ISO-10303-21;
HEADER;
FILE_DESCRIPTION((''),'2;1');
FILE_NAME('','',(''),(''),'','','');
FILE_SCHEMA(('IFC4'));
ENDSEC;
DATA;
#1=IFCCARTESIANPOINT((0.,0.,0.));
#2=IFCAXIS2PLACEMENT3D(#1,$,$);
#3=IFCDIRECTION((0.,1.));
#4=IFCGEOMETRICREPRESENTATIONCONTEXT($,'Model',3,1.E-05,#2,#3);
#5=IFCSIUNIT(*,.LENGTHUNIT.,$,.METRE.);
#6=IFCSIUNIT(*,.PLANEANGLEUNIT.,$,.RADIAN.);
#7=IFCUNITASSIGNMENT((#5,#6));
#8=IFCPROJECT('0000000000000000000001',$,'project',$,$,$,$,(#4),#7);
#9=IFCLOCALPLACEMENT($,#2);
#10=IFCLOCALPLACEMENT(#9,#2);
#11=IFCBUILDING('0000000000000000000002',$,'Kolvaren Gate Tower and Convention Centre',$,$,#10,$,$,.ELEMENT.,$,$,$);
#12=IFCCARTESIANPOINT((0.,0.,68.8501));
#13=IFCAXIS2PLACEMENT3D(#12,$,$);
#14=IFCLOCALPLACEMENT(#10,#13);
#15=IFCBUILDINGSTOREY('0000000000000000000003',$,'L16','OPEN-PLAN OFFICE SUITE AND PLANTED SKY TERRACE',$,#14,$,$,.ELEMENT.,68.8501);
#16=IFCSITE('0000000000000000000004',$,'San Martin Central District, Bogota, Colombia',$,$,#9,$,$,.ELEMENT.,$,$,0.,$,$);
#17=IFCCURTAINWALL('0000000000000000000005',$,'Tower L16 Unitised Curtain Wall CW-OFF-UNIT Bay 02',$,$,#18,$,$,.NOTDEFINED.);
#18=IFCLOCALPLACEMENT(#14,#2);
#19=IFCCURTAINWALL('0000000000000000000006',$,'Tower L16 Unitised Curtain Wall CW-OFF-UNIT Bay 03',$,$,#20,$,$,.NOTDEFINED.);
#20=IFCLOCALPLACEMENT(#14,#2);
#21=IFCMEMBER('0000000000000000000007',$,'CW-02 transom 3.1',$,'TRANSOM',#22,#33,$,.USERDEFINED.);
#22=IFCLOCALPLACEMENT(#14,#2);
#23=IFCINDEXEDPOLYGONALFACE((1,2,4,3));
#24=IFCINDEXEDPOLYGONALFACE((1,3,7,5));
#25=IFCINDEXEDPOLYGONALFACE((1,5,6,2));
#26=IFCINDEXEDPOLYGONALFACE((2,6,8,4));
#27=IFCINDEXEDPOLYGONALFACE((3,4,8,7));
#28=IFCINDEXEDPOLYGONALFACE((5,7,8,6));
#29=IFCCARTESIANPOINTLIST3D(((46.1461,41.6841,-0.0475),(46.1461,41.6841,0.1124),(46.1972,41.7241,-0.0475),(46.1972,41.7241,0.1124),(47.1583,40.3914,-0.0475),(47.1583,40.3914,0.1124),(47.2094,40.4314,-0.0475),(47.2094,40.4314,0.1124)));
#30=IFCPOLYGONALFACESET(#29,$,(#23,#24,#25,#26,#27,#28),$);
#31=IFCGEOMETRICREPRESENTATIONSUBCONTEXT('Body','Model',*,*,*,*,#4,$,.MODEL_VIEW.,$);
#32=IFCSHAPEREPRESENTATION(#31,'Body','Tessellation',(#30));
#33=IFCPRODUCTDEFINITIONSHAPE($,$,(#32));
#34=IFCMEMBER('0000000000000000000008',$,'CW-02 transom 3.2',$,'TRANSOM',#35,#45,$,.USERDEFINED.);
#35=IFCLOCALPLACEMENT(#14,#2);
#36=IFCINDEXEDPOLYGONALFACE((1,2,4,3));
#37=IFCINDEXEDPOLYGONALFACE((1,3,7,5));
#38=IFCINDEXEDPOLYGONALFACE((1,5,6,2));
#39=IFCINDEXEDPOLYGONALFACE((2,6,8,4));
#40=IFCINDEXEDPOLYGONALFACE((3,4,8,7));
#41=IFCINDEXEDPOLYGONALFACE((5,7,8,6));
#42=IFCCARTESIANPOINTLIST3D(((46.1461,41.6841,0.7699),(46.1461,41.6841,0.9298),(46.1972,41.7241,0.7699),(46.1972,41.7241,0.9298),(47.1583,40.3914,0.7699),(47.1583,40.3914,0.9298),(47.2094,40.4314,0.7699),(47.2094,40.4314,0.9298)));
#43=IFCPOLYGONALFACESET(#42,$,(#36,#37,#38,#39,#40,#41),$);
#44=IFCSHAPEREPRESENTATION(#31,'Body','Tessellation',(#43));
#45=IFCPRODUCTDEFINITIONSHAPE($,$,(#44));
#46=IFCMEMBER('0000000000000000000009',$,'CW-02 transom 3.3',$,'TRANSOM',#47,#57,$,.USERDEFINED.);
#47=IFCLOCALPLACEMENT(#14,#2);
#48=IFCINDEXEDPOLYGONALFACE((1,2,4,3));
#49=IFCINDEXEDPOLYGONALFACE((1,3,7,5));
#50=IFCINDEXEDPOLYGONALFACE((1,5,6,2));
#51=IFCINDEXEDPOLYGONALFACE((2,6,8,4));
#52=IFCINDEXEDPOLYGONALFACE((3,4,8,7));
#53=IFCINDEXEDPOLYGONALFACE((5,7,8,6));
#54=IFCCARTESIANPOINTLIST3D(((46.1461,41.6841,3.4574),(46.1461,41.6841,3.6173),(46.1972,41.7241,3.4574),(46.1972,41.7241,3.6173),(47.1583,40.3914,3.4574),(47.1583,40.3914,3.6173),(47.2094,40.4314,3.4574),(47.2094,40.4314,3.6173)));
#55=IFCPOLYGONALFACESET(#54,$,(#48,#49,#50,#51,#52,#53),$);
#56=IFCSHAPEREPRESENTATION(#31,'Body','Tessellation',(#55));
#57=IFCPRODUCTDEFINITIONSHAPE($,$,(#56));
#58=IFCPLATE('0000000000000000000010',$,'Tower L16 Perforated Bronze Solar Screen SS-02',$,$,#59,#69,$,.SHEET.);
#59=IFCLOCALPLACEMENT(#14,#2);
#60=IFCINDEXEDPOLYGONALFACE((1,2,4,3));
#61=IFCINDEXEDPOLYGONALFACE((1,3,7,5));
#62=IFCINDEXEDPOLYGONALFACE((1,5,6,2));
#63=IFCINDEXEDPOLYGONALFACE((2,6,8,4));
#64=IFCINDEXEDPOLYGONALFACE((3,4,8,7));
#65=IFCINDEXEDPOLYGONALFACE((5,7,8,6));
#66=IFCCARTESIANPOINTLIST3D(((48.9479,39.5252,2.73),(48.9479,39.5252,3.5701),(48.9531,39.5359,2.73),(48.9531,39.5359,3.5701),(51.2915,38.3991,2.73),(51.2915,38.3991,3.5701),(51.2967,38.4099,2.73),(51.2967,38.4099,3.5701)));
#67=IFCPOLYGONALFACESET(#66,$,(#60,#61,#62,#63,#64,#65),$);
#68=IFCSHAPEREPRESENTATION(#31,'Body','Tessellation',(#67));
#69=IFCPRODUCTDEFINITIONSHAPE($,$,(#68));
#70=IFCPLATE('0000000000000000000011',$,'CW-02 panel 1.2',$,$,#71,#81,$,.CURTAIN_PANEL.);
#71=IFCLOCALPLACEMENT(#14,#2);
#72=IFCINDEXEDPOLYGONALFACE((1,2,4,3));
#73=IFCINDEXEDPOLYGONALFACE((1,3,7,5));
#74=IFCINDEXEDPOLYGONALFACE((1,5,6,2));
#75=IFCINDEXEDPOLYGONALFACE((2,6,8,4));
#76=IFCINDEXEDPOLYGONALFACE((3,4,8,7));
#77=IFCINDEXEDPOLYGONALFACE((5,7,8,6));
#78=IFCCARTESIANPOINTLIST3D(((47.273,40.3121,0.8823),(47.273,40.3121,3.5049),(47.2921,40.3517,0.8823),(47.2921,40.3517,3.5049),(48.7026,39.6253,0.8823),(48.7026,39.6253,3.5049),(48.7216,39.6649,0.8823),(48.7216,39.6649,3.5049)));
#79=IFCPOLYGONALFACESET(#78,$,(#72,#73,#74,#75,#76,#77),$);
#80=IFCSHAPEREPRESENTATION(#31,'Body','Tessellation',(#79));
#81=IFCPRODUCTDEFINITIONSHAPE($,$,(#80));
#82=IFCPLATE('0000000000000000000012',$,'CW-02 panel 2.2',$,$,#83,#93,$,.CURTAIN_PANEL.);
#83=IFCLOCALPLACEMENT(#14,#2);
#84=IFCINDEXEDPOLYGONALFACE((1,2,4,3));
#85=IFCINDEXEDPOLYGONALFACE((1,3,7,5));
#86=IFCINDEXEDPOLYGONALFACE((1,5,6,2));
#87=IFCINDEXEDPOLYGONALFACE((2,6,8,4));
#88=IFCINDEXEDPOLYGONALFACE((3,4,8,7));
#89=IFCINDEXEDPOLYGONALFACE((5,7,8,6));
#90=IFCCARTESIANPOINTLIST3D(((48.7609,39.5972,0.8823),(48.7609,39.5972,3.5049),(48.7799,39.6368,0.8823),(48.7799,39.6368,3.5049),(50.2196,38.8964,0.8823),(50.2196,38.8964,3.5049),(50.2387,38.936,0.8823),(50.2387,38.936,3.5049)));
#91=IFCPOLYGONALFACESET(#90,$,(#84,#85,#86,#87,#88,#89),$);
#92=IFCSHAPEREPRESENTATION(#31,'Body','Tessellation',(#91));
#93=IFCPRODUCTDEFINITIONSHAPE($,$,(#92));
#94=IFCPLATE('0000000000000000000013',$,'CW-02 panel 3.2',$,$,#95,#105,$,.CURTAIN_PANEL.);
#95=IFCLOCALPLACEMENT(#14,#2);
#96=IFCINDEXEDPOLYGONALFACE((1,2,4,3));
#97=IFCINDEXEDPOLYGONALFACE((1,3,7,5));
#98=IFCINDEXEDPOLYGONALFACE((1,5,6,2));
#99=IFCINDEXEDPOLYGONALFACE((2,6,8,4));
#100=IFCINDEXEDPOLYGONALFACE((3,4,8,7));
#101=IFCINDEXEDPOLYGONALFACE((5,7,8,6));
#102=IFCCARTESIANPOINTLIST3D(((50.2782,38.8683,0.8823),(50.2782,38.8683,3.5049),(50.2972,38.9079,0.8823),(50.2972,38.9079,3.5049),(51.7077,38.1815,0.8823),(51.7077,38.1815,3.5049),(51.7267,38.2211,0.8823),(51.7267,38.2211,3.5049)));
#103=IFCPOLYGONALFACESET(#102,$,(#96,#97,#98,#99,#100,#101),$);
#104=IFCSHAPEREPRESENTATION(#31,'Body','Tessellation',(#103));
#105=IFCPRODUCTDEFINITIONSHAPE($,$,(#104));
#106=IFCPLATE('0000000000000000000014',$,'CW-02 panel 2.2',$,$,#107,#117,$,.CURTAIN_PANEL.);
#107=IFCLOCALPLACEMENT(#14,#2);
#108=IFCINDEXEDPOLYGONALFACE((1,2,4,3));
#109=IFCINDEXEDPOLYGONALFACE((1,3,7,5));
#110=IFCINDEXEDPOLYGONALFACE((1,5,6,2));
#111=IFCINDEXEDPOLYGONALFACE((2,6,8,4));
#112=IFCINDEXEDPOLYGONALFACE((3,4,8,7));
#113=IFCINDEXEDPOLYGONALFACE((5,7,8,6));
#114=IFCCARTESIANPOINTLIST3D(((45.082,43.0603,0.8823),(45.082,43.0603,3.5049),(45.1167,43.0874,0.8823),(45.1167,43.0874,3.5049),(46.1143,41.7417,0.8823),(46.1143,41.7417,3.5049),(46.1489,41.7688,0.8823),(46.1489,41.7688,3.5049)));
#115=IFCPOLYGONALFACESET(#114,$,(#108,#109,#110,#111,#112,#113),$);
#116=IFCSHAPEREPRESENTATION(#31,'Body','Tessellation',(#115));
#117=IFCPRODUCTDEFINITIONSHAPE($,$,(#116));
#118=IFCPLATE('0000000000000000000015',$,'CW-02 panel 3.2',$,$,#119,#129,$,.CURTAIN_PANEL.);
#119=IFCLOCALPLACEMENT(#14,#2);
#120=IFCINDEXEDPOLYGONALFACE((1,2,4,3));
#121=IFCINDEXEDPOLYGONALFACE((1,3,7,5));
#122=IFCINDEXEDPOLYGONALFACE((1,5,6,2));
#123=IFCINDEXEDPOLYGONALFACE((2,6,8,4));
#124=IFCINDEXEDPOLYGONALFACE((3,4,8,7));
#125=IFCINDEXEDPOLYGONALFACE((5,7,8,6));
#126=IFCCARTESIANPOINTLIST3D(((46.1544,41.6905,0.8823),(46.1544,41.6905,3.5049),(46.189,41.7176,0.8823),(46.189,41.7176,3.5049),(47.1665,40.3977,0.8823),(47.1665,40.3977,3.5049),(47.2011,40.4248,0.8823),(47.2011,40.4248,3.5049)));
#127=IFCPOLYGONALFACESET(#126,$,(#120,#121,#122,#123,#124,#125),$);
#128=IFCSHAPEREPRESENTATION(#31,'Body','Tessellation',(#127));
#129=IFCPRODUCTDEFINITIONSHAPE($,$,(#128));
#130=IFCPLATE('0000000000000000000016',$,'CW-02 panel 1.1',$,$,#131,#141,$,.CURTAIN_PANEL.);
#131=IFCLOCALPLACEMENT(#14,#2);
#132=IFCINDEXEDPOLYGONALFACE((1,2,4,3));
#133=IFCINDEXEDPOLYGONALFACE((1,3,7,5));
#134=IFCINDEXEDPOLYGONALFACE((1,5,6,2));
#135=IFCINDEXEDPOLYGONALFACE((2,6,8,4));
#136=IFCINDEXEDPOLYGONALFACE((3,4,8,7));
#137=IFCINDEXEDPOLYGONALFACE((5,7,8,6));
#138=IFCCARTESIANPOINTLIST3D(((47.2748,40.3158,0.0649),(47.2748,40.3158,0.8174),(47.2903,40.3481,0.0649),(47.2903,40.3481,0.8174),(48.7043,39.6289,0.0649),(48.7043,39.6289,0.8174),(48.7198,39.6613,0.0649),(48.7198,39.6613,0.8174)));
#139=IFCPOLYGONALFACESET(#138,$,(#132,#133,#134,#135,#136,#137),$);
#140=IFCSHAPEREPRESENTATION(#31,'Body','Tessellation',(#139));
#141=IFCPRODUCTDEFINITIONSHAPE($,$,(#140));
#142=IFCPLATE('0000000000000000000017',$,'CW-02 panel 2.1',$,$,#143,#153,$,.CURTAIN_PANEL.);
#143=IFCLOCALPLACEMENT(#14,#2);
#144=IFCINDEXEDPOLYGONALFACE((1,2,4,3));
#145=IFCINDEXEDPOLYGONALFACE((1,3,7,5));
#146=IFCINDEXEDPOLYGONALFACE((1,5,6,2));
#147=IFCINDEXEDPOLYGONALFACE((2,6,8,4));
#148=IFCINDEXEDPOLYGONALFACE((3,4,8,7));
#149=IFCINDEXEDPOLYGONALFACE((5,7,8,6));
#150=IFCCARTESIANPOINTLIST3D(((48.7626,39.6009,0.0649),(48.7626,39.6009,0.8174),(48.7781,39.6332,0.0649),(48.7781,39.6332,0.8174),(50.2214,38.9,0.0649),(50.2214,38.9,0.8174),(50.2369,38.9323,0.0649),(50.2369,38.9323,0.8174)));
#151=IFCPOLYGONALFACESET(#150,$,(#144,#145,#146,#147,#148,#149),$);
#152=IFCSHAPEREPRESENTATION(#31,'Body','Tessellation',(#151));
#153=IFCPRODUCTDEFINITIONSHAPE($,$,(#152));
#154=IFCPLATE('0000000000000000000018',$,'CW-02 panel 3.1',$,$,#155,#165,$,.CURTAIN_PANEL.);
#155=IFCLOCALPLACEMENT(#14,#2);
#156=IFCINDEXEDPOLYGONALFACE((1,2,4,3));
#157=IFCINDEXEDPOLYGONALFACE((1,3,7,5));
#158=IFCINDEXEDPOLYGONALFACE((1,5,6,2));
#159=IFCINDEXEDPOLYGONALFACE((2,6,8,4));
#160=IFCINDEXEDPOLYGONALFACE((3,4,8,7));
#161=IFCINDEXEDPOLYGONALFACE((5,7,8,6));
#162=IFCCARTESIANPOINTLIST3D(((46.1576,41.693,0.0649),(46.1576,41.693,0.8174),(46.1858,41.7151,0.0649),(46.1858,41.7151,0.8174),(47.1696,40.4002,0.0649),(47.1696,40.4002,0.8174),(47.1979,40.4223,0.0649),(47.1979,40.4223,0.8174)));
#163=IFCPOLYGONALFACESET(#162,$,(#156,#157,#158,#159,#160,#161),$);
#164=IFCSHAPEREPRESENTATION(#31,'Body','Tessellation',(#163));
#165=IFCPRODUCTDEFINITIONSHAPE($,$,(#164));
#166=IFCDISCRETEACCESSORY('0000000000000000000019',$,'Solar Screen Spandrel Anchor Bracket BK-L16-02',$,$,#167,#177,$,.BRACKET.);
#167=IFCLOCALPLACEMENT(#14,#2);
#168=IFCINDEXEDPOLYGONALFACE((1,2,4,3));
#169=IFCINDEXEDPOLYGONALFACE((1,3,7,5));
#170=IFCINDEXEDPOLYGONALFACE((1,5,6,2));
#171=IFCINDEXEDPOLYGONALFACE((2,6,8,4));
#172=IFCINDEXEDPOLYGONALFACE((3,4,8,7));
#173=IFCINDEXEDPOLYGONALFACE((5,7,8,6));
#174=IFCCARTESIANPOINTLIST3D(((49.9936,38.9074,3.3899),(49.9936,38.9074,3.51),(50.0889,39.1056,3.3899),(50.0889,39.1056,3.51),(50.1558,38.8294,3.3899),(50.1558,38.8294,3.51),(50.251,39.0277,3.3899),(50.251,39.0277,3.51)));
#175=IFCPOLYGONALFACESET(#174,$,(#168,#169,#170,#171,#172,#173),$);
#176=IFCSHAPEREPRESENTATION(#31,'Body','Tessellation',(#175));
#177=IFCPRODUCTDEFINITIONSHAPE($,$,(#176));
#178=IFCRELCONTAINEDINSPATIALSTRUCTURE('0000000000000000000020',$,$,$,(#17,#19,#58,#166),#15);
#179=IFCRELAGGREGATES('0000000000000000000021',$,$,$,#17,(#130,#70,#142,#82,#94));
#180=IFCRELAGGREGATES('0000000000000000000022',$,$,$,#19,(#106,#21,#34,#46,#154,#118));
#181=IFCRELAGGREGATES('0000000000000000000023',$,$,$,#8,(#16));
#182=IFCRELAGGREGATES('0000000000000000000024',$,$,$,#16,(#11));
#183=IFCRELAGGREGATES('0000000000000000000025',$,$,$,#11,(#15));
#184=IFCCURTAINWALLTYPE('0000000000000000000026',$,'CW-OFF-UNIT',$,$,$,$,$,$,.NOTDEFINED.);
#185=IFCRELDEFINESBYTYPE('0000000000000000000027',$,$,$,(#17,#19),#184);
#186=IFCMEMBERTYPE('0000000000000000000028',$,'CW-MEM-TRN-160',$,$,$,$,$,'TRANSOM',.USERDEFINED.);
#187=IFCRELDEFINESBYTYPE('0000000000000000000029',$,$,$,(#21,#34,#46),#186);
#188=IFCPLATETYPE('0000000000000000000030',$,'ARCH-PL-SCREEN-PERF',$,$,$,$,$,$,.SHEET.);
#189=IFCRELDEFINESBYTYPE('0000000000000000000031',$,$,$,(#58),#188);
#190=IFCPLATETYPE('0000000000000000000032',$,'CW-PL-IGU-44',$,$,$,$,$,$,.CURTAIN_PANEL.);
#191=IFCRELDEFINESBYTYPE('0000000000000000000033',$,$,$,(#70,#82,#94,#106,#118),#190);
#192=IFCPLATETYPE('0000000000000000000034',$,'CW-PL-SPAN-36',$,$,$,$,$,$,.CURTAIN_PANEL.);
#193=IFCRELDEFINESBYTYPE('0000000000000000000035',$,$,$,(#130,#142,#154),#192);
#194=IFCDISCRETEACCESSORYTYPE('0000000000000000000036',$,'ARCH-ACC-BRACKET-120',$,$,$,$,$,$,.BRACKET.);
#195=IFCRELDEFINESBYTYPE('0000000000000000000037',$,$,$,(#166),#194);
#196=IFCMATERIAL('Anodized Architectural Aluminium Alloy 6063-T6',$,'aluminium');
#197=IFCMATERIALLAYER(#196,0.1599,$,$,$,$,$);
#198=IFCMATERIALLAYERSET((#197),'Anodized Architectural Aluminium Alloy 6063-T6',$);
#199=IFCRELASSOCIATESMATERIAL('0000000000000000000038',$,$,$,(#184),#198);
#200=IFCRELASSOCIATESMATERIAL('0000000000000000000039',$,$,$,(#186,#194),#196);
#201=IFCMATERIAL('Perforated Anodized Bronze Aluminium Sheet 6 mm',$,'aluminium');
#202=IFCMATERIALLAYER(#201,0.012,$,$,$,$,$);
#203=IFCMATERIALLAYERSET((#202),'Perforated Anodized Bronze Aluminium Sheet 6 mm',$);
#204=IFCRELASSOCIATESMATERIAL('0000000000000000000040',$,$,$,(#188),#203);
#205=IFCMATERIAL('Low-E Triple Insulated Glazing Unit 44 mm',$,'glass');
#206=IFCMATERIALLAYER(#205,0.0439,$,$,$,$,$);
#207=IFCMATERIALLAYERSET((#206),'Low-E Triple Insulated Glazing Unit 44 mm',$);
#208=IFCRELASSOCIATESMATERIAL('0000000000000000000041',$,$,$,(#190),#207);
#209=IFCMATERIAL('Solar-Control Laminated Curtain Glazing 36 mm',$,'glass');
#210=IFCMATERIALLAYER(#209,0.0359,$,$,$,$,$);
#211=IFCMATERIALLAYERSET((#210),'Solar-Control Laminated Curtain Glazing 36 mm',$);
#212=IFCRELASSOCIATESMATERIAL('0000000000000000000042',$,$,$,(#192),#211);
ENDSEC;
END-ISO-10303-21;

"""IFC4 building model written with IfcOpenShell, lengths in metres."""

from ifc_helpers import new_model, si_unit, direction, frame, origin, origin_2d, place, context, subcontext, project, spatial, rectangle, extrude, material, layer, layer_set, material_profile, profile_set, type_object, element, aggregate, save


model = new_model("IFC4")

# Units and contexts
model_context = context("Model", 3, precision=1e-05, world=origin(), true_north=direction((0.0, 1.0)))
body_context = subcontext(model_context, "Body", "Model", "MODEL_VIEW")
ifc_project = project(units=[si_unit("LENGTHUNIT", "METRE"), si_unit("PLANEANGLEUNIT", "RADIAN")], contexts=[model_context])

# Site, building, storey
site_placement = place(None, origin())
site = spatial("IfcSite", under=ifc_project, at=site_placement, Name="San Martin Central District, Bogota, Colombia", CompositionType="ELEMENT", RefElevation=0.0)
building_placement = place(site_placement, origin())
building = spatial("IfcBuilding", under=site, at=building_placement, Name="Kolvaren Gate Tower and Convention Centre", CompositionType="ELEMENT")
storey_placement = place(building_placement, frame((0.0, 0.0, 68.8501)))
storey = spatial("IfcBuildingStorey", under=building, at=storey_placement, Name="L16", Description="OPEN-PLAN OFFICE SUITE AND PLANTED SKY TERRACE", CompositionType="ELEMENT", Elevation=68.8501)

# Curtain walls
ifc_material_1 = material(Name="Anodized Architectural Aluminium Alloy 6063-T6", Category="aluminium")
ifc_layer_1 = layer(ifc_material_1, 0.1599)
ifc_layer_set_1 = layer_set([ifc_layer_1], Name="Anodized Architectural Aluminium Alloy 6063-T6")
curtain_wall_type = type_object("IfcCurtainWallType", Name="CW-OFF-UNIT", PredefinedType="NOTDEFINED", material=ifc_layer_set_1)
curtain_wall_1_placement = place(storey_placement, origin())
curtain_wall_1 = element("IfcCurtainWall", 1, at=curtain_wall_1_placement, inside=storey, type_object=curtain_wall_type, Name="Tower L16 Unitised Curtain Wall CW-OFF-UNIT Bay 02", PredefinedType="NOTDEFINED")
curtain_wall_2_placement = place(storey_placement, origin())
curtain_wall_2 = element("IfcCurtainWall", 2, at=curtain_wall_2_placement, inside=storey, type_object=curtain_wall_type, Name="Tower L16 Unitised Curtain Wall CW-OFF-UNIT Bay 03", PredefinedType="NOTDEFINED")

# Members
ifc_material_profile_1 = material_profile(ifc_material_1, rectangle(XDim=0.0649, YDim=0.1599, at=origin_2d()), Name="CW-MEM-TRN-160")
ifc_profile_set_1 = profile_set([ifc_material_profile_1], Name="Anodized Architectural Aluminium Alloy 6063-T6")
member_type_1 = type_object("IfcMemberType", Name="CW-MEM-TRN-160", ElementType="TRANSOM", PredefinedType="USERDEFINED", material=ifc_profile_set_1)
member_1_placement = place(storey_placement, frame((46.1716, 41.7041, 0.0325), z_axis=(0.616501, -0.787354, 0.0), x_axis=(0.787354, 0.616501, 0.0)))
member_1 = element("IfcMember", 3, at=member_1_placement, type_object=member_type_1, Name="CW-02 transom 3.1", ObjectType="TRANSOM", PredefinedType="USERDEFINED", context=body_context, shape_type="SweptSolid", body=[
    extrude(rectangle(XDim=0.0649, YDim=0.1599, at=origin_2d()), origin(), (0.0, 0.0, 1.0), 1.6418),
])
member_2_placement = place(storey_placement, frame((46.1716, 41.7041, 0.8499), z_axis=(0.616501, -0.787354, 0.0), x_axis=(0.787354, 0.616501, 0.0)))
member_2 = element("IfcMember", 4, at=member_2_placement, type_object=member_type_1, Name="CW-02 transom 3.2", ObjectType="TRANSOM", PredefinedType="USERDEFINED", context=body_context, shape_type="SweptSolid", body=[
    extrude(rectangle(XDim=0.0649, YDim=0.1599, at=origin_2d()), origin(), (0.0, 0.0, 1.0), 1.6418),
])
member_3_placement = place(storey_placement, frame((46.1716, 41.7041, 3.5374), z_axis=(0.616501, -0.787354, 0.0), x_axis=(0.787354, 0.616501, 0.0)))
member_3 = element("IfcMember", 5, at=member_3_placement, type_object=member_type_1, Name="CW-02 transom 3.3", ObjectType="TRANSOM", PredefinedType="USERDEFINED", context=body_context, shape_type="SweptSolid", body=[
    extrude(rectangle(XDim=0.0649, YDim=0.1599, at=origin_2d()), origin(), (0.0, 0.0, 1.0), 1.6418),
])

# Plates
ifc_material_2 = material(Name="Perforated Anodized Bronze Aluminium Sheet 6 mm", Category="aluminium")
ifc_layer_2 = layer(ifc_material_2, 0.012)
ifc_layer_set_2 = layer_set([ifc_layer_2], Name="Perforated Anodized Bronze Aluminium Sheet 6 mm")
plate_type_1 = type_object("IfcPlateType", Name="ARCH-PL-SCREEN-PERF", PredefinedType="SHEET", material=ifc_layer_set_2)
plate_1_placement = place(storey_placement, frame((50.1223, 38.9675, 2.73), z_axis=(0.0, 0.0, 1.0), x_axis=(0.901358, -0.433076, 0.0)))
element("IfcPlate", 6, at=plate_1_placement, inside=storey, type_object=plate_type_1, Name="Tower L16 Perforated Bronze Solar Screen SS-02", PredefinedType="SHEET", context=body_context, shape_type="SweptSolid", body=[
    extrude(rectangle(XDim=2.6001, YDim=0.012, at=origin_2d()), origin(), (0.0, 0.0, 1.0), 0.8401),
])
ifc_material_3 = material(Name="Low-E Triple Insulated Glazing Unit 44 mm", Category="glass")
ifc_layer_3 = layer(ifc_material_3, 0.0439)
ifc_layer_set_3 = layer_set([ifc_layer_3], Name="Low-E Triple Insulated Glazing Unit 44 mm")
plate_type_2 = type_object("IfcPlateType", Name="CW-PL-IGU-44", PredefinedType="CURTAIN_PANEL", material=ifc_layer_set_3)
plate_2_placement = place(storey_placement, frame((47.9973, 39.9885, 0.8823), z_axis=(0.0, 0.0, 1.0), x_axis=(0.901362, -0.433067, 0.0)))
plate_2 = element("IfcPlate", 7, at=plate_2_placement, type_object=plate_type_2, Name="CW-02 panel 1.2", PredefinedType="CURTAIN_PANEL", context=body_context, shape_type="SweptSolid", body=[
    extrude(rectangle(XDim=1.5859, YDim=0.0439, at=origin_2d()), origin(), (0.0, 0.0, 1.0), 2.6226),
])
plate_3_placement = place(storey_placement, frame((49.4998, 39.2666, 0.8823), z_axis=(0.0, 0.0, 1.0), x_axis=(0.901362, -0.433067, 0.0)))
plate_3 = element("IfcPlate", 8, at=plate_3_placement, type_object=plate_type_2, Name="CW-02 panel 2.2", PredefinedType="CURTAIN_PANEL", context=body_context, shape_type="SweptSolid", body=[
    extrude(rectangle(XDim=1.6184, YDim=0.0439, at=origin_2d()), origin(), (0.0, 0.0, 1.0), 2.6226),
])
plate_4_placement = place(storey_placement, frame((51.0024, 38.5447, 0.8823), z_axis=(0.0, 0.0, 1.0), x_axis=(0.901362, -0.433067, 0.0)))
plate_4 = element("IfcPlate", 9, at=plate_4_placement, type_object=plate_type_2, Name="CW-02 panel 3.2", PredefinedType="CURTAIN_PANEL", context=body_context, shape_type="SweptSolid", body=[
    extrude(rectangle(XDim=1.5859, YDim=0.0439, at=origin_2d()), origin(), (0.0, 0.0, 1.0), 2.6226),
])
plate_5_placement = place(storey_placement, frame((45.6155, 42.4146, 0.8823), z_axis=(0.0, 0.0, 1.0), x_axis=(0.616434, -0.787406, 0.0)))
plate_5 = element("IfcPlate", 10, at=plate_5_placement, type_object=plate_type_2, Name="CW-02 panel 2.2", PredefinedType="CURTAIN_PANEL", context=body_context, shape_type="SweptSolid", body=[
    extrude(rectangle(XDim=1.6746, YDim=0.0439, at=origin_2d()), origin(), (0.0, 0.0, 1.0), 2.6226),
])
plate_6_placement = place(storey_placement, frame((46.6777, 41.0576, 0.8823), z_axis=(0.0, 0.0, 1.0), x_axis=(0.616434, -0.787406, 0.0)))
plate_6 = element("IfcPlate", 11, at=plate_6_placement, type_object=plate_type_2, Name="CW-02 panel 3.2", PredefinedType="CURTAIN_PANEL", context=body_context, shape_type="SweptSolid", body=[
    extrude(rectangle(XDim=1.6418, YDim=0.0439, at=origin_2d()), origin(), (0.0, 0.0, 1.0), 2.6226),
])
ifc_material_4 = material(Name="Solar-Control Laminated Curtain Glazing 36 mm", Category="glass")
ifc_layer_4 = layer(ifc_material_4, 0.0359)
ifc_layer_set_4 = layer_set([ifc_layer_4], Name="Solar-Control Laminated Curtain Glazing 36 mm")
plate_type_3 = type_object("IfcPlateType", Name="CW-PL-SPAN-36", PredefinedType="CURTAIN_PANEL", material=ifc_layer_set_4)
plate_7_placement = place(storey_placement, frame((47.9973, 39.9885, 0.0649), z_axis=(0.0, 0.0, 1.0), x_axis=(0.901362, -0.433067, 0.0)))
plate_7 = element("IfcPlate", 12, at=plate_7_placement, type_object=plate_type_3, Name="CW-02 panel 1.1", PredefinedType="CURTAIN_PANEL", context=body_context, shape_type="SweptSolid", body=[
    extrude(rectangle(XDim=1.5859, YDim=0.0359, at=origin_2d()), origin(), (0.0, 0.0, 1.0), 0.7524),
])
plate_8_placement = place(storey_placement, frame((49.4998, 39.2666, 0.0649), z_axis=(0.0, 0.0, 1.0), x_axis=(0.901362, -0.433067, 0.0)))
plate_8 = element("IfcPlate", 13, at=plate_8_placement, type_object=plate_type_3, Name="CW-02 panel 2.1", PredefinedType="CURTAIN_PANEL", context=body_context, shape_type="SweptSolid", body=[
    extrude(rectangle(XDim=1.6184, YDim=0.0359, at=origin_2d()), origin(), (0.0, 0.0, 1.0), 0.7524),
])
aggregate(curtain_wall_1, [plate_7, plate_2, plate_8, plate_3, plate_4])
plate_9_placement = place(storey_placement, frame((46.6777, 41.0576, 0.0649), z_axis=(0.0, 0.0, 1.0), x_axis=(0.616434, -0.787406, 0.0)))
plate_9 = element("IfcPlate", 14, at=plate_9_placement, type_object=plate_type_3, Name="CW-02 panel 3.1", PredefinedType="CURTAIN_PANEL", context=body_context, shape_type="SweptSolid", body=[
    extrude(rectangle(XDim=1.6418, YDim=0.0359, at=origin_2d()), origin(), (0.0, 0.0, 1.0), 0.7524),
])
aggregate(curtain_wall_2, [plate_5, member_1, member_2, member_3, plate_9, plate_6])

# Discrete accessory
discrete_accessory_type = type_object("IfcDiscreteAccessoryType", Name="ARCH-ACC-BRACKET-120", PredefinedType="BRACKET", material=ifc_material_1)
discrete_accessory_placement = place(storey_placement, frame((50.1223, 38.9675, 3.3899), z_axis=(0.0, 0.0, 1.0), x_axis=(0.901358, -0.433076, 0.0)))
element("IfcDiscreteAccessory", 15, at=discrete_accessory_placement, inside=storey, type_object=discrete_accessory_type, Name="Solar Screen Spandrel Anchor Bracket BK-L16-02", PredefinedType="BRACKET", context=body_context, shape_type="SweptSolid", body=[
    extrude(rectangle(XDim=0.1799, YDim=0.22, at=origin_2d()), origin(), (0.0, 0.0, 1.0), 0.1201),
])

save(model, "model.ifc")
